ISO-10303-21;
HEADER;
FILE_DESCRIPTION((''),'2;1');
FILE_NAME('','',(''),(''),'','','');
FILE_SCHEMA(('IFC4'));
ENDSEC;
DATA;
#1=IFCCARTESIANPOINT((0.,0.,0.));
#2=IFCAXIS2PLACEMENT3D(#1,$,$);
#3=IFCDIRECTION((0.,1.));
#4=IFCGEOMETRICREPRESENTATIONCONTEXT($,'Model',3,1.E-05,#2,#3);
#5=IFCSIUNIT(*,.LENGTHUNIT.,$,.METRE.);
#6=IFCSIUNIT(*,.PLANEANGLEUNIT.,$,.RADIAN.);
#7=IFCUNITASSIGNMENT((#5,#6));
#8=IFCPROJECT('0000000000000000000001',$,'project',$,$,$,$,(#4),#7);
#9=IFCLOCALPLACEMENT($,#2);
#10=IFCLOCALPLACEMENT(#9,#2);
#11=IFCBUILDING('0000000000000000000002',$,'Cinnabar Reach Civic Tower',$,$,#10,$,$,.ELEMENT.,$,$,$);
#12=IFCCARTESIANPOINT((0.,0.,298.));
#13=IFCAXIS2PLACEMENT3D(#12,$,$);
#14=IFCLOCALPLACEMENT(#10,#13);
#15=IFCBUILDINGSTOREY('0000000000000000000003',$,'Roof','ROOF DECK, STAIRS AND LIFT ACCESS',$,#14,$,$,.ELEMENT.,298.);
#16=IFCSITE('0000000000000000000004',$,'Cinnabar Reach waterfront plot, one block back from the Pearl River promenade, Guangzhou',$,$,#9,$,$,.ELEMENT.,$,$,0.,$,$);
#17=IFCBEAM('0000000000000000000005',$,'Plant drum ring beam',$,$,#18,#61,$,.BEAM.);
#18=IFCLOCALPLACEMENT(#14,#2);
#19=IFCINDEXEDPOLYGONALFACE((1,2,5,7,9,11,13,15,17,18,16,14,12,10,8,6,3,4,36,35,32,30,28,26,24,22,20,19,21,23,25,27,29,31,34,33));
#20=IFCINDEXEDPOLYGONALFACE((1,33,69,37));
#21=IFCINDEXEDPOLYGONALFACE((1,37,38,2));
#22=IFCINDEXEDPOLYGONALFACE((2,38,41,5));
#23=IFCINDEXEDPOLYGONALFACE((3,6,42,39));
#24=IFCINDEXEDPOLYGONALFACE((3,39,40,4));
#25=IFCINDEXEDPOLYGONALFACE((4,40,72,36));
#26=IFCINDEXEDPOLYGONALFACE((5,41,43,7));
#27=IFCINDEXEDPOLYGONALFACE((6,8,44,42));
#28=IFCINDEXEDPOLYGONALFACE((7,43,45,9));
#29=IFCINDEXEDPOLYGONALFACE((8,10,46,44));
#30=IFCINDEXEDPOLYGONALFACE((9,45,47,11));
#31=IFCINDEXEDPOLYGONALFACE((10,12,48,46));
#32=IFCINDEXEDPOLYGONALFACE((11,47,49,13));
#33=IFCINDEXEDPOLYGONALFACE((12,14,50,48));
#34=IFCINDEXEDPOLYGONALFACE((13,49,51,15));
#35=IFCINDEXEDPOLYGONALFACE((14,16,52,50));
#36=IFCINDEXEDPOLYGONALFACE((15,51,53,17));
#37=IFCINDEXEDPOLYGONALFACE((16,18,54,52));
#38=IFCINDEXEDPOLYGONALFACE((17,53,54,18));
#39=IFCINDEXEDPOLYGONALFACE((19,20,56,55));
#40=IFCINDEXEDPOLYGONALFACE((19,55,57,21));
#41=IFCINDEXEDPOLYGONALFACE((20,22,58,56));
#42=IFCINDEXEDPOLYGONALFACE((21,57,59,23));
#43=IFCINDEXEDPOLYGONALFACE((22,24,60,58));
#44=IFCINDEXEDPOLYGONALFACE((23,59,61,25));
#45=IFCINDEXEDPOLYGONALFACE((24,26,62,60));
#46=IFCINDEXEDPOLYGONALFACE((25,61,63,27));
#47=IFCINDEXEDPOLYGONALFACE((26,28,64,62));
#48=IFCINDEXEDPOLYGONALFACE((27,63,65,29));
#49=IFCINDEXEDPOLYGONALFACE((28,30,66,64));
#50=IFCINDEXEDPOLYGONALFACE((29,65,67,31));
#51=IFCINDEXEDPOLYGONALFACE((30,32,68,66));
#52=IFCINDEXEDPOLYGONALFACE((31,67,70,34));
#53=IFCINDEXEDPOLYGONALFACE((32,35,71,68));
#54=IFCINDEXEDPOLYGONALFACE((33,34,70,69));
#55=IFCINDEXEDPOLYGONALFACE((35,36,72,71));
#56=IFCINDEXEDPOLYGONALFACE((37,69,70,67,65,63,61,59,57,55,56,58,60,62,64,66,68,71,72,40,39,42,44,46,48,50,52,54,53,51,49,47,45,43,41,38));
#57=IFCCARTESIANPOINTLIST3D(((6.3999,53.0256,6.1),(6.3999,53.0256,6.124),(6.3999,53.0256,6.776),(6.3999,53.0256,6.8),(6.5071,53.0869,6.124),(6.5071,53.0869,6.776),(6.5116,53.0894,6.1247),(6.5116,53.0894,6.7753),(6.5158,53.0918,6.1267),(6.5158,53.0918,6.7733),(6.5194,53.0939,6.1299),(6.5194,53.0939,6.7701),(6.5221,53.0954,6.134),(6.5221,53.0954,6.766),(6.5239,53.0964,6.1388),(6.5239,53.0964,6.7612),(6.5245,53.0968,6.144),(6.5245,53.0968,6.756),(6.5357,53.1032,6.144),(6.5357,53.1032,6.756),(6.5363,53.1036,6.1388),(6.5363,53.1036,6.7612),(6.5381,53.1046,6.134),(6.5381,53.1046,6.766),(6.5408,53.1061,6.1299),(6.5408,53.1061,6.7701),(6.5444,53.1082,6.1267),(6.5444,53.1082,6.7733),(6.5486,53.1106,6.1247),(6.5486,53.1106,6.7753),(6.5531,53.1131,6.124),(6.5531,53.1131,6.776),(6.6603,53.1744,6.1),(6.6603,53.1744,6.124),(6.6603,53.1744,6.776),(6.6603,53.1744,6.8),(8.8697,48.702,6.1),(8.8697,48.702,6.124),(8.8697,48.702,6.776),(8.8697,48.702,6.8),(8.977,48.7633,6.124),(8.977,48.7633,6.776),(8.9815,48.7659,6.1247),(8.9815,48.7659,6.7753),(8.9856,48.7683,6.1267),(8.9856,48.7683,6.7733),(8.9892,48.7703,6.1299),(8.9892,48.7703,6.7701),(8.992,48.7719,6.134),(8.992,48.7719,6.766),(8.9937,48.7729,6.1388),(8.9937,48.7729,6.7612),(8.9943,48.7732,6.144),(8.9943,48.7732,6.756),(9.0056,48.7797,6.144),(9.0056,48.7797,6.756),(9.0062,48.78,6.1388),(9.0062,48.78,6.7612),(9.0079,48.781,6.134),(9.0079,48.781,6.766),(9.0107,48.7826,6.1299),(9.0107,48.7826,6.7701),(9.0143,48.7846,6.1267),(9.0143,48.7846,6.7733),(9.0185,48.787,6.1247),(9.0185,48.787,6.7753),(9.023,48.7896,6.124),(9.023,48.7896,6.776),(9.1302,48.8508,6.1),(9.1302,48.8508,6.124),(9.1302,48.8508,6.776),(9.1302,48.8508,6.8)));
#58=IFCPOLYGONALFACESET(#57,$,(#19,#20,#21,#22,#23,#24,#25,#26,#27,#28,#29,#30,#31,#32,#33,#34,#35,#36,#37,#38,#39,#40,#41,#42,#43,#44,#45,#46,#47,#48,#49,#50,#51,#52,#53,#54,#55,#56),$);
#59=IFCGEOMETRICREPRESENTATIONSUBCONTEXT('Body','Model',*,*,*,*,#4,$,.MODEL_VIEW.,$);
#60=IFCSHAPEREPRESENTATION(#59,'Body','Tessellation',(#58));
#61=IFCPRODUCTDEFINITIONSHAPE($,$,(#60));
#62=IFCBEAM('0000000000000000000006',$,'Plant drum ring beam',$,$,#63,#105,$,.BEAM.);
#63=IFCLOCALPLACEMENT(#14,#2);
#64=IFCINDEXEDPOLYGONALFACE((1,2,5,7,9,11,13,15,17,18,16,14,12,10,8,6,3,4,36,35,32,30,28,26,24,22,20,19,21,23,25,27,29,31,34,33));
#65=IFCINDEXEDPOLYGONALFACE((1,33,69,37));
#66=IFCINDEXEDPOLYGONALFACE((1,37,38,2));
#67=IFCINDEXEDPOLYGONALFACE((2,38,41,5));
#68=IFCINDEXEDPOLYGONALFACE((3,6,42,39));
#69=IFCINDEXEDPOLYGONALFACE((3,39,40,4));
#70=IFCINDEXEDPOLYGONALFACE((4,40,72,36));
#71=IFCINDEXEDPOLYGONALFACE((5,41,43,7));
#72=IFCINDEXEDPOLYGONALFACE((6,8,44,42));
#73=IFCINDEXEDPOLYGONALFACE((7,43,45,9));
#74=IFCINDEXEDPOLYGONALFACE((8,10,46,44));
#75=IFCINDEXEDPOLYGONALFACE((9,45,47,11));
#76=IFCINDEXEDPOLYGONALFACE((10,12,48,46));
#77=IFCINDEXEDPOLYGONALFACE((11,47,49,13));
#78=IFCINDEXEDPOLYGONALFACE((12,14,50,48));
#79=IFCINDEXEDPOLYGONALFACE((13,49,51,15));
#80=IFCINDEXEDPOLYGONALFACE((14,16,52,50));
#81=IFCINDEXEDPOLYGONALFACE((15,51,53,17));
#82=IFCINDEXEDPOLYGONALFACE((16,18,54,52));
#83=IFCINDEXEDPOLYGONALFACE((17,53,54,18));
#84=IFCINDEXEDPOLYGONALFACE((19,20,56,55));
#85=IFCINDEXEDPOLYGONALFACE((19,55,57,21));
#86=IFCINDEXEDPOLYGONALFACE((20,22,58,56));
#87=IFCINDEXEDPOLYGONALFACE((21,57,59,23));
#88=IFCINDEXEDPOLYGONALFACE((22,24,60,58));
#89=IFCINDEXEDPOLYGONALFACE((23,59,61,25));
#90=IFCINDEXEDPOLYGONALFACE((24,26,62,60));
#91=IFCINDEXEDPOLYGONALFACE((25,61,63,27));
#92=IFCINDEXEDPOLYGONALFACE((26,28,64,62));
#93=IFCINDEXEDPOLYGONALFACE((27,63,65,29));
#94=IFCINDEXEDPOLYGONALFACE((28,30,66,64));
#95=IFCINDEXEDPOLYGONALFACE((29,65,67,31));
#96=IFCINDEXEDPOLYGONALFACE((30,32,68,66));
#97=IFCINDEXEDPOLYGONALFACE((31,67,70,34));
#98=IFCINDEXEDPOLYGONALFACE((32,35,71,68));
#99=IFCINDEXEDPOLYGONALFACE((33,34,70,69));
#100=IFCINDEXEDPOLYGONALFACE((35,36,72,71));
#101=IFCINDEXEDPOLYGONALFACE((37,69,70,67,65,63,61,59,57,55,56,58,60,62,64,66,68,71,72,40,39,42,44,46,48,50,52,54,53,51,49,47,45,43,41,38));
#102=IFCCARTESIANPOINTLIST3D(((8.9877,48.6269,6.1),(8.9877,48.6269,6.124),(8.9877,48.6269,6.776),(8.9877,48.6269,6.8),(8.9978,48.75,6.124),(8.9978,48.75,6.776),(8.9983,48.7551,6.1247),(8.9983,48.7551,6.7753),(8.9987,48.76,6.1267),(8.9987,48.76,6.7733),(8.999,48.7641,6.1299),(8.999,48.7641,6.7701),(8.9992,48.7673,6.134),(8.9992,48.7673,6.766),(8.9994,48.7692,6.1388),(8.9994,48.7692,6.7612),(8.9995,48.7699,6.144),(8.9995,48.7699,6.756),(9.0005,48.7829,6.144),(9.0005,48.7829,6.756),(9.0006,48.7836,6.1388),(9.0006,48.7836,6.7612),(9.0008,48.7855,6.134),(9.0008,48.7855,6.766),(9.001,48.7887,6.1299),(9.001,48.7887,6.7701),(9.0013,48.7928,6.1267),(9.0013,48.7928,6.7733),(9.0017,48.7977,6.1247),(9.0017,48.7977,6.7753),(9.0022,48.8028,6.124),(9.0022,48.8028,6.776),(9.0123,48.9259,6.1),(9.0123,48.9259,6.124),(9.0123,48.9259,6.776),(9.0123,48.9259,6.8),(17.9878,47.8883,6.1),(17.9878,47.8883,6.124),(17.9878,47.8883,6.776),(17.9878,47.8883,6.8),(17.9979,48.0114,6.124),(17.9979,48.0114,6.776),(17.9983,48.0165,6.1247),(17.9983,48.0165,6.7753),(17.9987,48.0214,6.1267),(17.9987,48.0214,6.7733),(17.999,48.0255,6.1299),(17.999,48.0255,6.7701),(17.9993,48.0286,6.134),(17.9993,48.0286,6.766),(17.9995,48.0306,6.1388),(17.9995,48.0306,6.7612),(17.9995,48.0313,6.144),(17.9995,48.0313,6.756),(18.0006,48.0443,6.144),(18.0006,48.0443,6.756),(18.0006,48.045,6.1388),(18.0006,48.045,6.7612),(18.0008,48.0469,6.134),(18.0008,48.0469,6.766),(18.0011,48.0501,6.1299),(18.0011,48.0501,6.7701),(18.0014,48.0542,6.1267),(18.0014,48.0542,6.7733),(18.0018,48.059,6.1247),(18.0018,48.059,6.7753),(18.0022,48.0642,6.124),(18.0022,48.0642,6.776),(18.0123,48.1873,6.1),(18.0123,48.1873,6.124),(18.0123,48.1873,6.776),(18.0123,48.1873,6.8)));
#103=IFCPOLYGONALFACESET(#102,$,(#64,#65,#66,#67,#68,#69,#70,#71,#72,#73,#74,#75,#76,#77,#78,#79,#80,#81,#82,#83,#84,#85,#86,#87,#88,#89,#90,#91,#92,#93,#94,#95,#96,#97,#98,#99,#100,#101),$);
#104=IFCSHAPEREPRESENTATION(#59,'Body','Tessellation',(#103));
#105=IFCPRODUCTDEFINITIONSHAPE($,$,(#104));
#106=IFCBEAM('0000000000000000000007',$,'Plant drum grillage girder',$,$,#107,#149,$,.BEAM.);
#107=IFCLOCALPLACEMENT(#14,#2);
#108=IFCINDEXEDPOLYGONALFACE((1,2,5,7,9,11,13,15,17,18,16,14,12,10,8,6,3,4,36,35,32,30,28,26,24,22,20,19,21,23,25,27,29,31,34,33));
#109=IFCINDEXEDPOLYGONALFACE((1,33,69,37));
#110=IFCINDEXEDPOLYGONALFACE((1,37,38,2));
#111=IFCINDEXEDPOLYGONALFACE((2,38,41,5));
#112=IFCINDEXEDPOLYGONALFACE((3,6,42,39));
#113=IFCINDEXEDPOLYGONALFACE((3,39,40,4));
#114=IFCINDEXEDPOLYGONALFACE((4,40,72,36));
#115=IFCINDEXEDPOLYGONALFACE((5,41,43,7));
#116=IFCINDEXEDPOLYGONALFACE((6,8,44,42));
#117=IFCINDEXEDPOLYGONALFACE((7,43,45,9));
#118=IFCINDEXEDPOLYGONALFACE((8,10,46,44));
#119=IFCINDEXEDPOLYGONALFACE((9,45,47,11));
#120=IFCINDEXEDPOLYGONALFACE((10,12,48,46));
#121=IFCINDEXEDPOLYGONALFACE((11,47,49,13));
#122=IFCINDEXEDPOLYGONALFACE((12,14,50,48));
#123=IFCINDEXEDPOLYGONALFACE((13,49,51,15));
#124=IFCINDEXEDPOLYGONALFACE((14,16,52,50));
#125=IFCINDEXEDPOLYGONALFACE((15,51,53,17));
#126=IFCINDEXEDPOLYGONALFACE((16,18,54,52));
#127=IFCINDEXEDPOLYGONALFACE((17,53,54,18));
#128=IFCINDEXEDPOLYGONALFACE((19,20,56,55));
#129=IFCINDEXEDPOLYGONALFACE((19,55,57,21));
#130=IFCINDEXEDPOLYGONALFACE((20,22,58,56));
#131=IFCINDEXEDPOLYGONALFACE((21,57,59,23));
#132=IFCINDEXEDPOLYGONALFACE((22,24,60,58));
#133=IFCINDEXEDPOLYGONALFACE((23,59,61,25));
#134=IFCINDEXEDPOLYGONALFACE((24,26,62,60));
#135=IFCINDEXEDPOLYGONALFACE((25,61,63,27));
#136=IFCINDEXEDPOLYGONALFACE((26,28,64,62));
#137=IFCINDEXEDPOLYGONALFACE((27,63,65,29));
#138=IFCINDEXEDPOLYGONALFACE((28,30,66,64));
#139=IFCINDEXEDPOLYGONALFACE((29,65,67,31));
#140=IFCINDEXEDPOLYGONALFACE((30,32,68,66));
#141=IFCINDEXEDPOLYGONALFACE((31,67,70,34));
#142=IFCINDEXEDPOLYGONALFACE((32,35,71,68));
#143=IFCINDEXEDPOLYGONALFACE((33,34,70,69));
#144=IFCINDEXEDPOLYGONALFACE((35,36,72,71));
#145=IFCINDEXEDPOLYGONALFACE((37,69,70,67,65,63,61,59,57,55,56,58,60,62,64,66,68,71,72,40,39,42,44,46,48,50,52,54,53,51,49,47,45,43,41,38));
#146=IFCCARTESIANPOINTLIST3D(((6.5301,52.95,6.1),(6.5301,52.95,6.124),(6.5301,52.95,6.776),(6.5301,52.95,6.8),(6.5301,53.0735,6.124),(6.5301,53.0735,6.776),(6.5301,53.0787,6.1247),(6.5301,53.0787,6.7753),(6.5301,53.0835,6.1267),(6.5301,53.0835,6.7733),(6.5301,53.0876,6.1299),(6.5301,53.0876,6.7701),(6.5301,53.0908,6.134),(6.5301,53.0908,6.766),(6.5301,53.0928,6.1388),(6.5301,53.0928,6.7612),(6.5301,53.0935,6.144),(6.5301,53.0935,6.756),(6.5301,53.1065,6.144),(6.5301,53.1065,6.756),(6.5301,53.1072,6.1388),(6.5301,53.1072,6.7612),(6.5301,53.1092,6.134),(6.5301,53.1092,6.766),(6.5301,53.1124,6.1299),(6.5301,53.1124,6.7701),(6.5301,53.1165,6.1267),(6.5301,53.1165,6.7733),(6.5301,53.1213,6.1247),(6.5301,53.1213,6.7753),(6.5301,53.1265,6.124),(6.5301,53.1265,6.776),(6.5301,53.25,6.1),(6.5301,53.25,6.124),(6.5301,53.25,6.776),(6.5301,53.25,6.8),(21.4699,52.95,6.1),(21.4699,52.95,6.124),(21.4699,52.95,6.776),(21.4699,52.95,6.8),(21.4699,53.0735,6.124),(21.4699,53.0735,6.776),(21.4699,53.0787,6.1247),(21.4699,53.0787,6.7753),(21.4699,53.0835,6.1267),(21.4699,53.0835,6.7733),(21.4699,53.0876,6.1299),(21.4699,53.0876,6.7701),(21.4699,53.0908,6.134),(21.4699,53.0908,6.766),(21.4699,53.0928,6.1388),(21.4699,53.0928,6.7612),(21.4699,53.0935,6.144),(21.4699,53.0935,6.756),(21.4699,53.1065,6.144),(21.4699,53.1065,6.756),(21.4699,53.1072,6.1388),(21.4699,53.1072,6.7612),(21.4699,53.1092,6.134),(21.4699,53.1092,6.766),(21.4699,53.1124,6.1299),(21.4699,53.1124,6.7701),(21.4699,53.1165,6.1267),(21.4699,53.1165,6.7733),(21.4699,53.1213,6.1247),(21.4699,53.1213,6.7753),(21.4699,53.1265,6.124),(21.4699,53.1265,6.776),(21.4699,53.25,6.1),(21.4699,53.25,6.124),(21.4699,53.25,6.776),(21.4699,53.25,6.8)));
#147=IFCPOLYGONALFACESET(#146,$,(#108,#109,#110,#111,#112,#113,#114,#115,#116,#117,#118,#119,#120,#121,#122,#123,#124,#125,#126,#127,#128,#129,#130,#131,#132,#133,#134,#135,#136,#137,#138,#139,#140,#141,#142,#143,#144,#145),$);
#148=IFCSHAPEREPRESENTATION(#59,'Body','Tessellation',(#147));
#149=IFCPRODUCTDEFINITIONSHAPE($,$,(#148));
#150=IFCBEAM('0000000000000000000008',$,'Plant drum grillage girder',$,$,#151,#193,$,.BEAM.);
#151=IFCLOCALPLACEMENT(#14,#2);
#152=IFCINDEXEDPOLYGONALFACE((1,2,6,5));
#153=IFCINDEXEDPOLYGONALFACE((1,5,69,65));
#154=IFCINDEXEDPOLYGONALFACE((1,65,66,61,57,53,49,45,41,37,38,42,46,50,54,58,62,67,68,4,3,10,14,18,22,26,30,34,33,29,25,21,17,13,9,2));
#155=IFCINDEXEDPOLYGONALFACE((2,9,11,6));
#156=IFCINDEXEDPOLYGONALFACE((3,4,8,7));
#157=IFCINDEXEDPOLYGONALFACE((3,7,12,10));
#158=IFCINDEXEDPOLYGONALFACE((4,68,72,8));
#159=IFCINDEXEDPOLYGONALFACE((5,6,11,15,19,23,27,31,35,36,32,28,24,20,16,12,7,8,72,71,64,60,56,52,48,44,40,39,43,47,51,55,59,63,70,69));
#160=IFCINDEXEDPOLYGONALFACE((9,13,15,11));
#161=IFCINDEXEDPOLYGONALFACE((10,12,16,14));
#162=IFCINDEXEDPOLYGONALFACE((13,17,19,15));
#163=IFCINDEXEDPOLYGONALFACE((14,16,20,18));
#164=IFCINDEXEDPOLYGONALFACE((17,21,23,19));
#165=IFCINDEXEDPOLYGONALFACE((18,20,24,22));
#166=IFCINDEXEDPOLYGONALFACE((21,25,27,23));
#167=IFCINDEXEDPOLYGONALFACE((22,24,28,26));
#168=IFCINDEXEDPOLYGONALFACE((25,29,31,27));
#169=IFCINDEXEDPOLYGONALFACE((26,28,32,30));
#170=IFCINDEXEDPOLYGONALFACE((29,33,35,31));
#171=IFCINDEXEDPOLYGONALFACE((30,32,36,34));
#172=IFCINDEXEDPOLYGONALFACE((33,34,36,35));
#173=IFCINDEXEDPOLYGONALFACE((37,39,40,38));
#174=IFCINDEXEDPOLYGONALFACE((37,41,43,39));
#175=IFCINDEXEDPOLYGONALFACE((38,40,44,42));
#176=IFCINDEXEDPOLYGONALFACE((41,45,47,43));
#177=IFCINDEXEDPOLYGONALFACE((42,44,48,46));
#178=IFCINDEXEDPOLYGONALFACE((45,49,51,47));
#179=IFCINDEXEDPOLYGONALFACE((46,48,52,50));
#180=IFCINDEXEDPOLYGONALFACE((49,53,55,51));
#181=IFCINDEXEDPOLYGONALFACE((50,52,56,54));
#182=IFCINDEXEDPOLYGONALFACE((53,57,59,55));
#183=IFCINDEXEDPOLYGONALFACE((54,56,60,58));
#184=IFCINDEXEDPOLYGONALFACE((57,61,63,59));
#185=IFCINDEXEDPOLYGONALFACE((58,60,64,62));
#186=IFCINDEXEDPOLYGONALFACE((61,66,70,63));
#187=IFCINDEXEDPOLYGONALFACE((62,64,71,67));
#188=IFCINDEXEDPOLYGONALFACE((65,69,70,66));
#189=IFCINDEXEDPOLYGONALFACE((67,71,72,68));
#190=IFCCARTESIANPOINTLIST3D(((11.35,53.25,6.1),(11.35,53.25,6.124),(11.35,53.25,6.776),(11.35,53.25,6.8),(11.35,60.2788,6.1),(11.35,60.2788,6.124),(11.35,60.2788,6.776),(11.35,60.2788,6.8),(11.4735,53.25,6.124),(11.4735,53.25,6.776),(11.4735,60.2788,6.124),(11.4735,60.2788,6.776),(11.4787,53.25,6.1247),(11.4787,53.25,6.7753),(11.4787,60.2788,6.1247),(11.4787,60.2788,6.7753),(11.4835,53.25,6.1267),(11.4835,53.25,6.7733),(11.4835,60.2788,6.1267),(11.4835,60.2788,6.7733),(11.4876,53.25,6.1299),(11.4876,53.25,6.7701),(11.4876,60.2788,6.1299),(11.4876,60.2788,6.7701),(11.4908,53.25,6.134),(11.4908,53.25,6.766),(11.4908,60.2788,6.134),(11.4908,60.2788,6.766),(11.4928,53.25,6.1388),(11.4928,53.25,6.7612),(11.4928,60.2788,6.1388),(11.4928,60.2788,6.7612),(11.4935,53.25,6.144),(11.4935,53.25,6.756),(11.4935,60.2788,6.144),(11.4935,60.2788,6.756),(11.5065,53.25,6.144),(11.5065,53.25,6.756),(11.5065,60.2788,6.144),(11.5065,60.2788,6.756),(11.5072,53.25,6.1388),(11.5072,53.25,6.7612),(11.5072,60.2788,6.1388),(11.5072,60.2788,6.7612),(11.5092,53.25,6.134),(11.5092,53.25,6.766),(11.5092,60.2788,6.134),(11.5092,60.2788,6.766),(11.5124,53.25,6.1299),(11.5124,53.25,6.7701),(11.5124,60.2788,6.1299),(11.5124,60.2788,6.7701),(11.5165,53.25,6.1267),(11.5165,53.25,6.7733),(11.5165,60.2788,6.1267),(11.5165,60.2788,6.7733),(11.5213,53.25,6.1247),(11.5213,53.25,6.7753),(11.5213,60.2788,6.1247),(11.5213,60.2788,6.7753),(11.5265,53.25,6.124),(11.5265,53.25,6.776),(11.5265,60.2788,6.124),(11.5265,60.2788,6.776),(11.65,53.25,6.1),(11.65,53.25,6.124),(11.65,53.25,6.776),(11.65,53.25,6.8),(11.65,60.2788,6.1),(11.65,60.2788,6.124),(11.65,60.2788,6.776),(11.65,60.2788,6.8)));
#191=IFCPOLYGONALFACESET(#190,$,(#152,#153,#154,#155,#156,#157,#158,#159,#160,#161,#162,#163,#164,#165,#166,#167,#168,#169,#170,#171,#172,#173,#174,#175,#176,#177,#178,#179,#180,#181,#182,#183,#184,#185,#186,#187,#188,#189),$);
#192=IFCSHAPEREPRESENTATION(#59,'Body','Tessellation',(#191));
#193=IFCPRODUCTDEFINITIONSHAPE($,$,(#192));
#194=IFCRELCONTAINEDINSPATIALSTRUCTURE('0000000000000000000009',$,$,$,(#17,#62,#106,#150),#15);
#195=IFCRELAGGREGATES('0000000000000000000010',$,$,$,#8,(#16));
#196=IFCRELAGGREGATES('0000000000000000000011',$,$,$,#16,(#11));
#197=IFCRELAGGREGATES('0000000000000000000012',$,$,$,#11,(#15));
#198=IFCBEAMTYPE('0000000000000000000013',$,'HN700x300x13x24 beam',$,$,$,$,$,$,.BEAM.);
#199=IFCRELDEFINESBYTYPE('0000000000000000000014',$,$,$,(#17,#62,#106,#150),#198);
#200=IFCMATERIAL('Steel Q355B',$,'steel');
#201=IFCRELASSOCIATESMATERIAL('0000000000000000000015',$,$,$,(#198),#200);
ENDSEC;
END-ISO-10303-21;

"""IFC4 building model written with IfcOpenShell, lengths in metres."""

from ifc_helpers import new_model, si_unit, direction, frame, origin, origin_2d, place, context, subcontext, project, spatial, i_section, extrude, material, material_profile, profile_set, type_object, element, save


model = new_model("IFC4")

# Units and contexts
model_context = context("Model", 3, precision=1e-05, world=origin(), true_north=direction((0.0, 1.0)))
body_context = subcontext(model_context, "Body", "Model", "MODEL_VIEW")
ifc_project = project(units=[si_unit("LENGTHUNIT", "METRE"), si_unit("PLANEANGLEUNIT", "RADIAN")], contexts=[model_context])

# Site, building, storey
site_placement = place(None, origin())
site = spatial("IfcSite", under=ifc_project, at=site_placement, Name="Cinnabar Reach waterfront plot, one block back from the Pearl River promenade, Guangzhou", CompositionType="ELEMENT", RefElevation=0.0)
building_placement = place(site_placement, origin())
building = spatial("IfcBuilding", under=site, at=building_placement, Name="Cinnabar Reach Civic Tower", CompositionType="ELEMENT")
storey_placement = place(building_placement, frame((0.0, 0.0, 298.0)))
storey = spatial("IfcBuildingStorey", under=building, at=storey_placement, Name="Roof", Description="ROOF DECK, STAIRS AND LIFT ACCESS", CompositionType="ELEMENT", Elevation=298.0)

# Shared definitions
ifc_material_1 = material(Name="Steel Q355B", Category="steel")

# Beams
ifc_material_profile_1 = material_profile(ifc_material_1, i_section(OverallWidth=0.3, OverallDepth=0.7, WebThickness=0.013, FlangeThickness=0.024, FilletRadius=0.02, at=origin_2d()), Name="HN700x300x13x24")
ifc_profile_set_1 = profile_set([ifc_material_profile_1], Name="Steel Q355B")
beam_type_1 = type_object("IfcBeamType", Name="HN700x300x13x24 beam", PredefinedType="BEAM", material=ifc_profile_set_1)
beam_1_placement = place(storey_placement, frame((6.5301, 53.1, 6.45), z_axis=(0.496029, -0.868306, 0.0), x_axis=(0.868306, 0.496029, 0.0)))
element("IfcBeam", 1, at=beam_1_placement, inside=storey, type_object=beam_type_1, Name="Plant drum ring beam", PredefinedType="BEAM", context=body_context, shape_type="SweptSolid", body=[
    extrude(i_section(OverallWidth=0.3, OverallDepth=0.7, WebThickness=0.013, FlangeThickness=0.024, FilletRadius=0.02, at=origin_2d()), origin(), (0.0, 0.0, 1.0), 4.9793),
])
beam_2_placement = place(storey_placement, frame((9.0, 48.7764, 6.45), z_axis=(0.996649, -0.081792, 0.0), x_axis=(0.081792, 0.996649, 0.0)))
element("IfcBeam", 2, at=beam_2_placement, inside=storey, type_object=beam_type_1, Name="Plant drum ring beam", PredefinedType="BEAM", context=body_context, shape_type="SweptSolid", body=[
    extrude(i_section(OverallWidth=0.3, OverallDepth=0.7, WebThickness=0.013, FlangeThickness=0.024, FilletRadius=0.02, at=origin_2d()), origin(), (0.0, 0.0, 1.0), 9.0303),
])
beam_3_placement = place(storey_placement, frame((6.5301, 53.1, 6.45), z_axis=(1.0, 0.0, 0.0), x_axis=(0.0, 1.0, 0.0)))
element("IfcBeam", 3, at=beam_3_placement, inside=storey, type_object=beam_type_1, Name="Plant drum grillage girder", PredefinedType="BEAM", context=body_context, shape_type="SweptSolid", body=[
    extrude(i_section(OverallWidth=0.3, OverallDepth=0.7, WebThickness=0.013, FlangeThickness=0.024, FilletRadius=0.02, at=origin_2d()), origin(), (0.0, 0.0, 1.0), 14.9398),
])
beam_4_placement = place(storey_placement, frame((11.5, 53.25, 6.45), z_axis=(0.0, 1.0, 0.0), x_axis=(-1.0, 0.0, 0.0)))
element("IfcBeam", 4, at=beam_4_placement, inside=storey, type_object=beam_type_1, Name="Plant drum grillage girder", PredefinedType="BEAM", context=body_context, shape_type="SweptSolid", body=[
    extrude(i_section(OverallWidth=0.3, OverallDepth=0.7, WebThickness=0.013, FlangeThickness=0.024, FilletRadius=0.02, at=origin_2d()), origin(), (0.0, 0.0, 1.0), 7.0288),
])

save(model, "model.ifc")
